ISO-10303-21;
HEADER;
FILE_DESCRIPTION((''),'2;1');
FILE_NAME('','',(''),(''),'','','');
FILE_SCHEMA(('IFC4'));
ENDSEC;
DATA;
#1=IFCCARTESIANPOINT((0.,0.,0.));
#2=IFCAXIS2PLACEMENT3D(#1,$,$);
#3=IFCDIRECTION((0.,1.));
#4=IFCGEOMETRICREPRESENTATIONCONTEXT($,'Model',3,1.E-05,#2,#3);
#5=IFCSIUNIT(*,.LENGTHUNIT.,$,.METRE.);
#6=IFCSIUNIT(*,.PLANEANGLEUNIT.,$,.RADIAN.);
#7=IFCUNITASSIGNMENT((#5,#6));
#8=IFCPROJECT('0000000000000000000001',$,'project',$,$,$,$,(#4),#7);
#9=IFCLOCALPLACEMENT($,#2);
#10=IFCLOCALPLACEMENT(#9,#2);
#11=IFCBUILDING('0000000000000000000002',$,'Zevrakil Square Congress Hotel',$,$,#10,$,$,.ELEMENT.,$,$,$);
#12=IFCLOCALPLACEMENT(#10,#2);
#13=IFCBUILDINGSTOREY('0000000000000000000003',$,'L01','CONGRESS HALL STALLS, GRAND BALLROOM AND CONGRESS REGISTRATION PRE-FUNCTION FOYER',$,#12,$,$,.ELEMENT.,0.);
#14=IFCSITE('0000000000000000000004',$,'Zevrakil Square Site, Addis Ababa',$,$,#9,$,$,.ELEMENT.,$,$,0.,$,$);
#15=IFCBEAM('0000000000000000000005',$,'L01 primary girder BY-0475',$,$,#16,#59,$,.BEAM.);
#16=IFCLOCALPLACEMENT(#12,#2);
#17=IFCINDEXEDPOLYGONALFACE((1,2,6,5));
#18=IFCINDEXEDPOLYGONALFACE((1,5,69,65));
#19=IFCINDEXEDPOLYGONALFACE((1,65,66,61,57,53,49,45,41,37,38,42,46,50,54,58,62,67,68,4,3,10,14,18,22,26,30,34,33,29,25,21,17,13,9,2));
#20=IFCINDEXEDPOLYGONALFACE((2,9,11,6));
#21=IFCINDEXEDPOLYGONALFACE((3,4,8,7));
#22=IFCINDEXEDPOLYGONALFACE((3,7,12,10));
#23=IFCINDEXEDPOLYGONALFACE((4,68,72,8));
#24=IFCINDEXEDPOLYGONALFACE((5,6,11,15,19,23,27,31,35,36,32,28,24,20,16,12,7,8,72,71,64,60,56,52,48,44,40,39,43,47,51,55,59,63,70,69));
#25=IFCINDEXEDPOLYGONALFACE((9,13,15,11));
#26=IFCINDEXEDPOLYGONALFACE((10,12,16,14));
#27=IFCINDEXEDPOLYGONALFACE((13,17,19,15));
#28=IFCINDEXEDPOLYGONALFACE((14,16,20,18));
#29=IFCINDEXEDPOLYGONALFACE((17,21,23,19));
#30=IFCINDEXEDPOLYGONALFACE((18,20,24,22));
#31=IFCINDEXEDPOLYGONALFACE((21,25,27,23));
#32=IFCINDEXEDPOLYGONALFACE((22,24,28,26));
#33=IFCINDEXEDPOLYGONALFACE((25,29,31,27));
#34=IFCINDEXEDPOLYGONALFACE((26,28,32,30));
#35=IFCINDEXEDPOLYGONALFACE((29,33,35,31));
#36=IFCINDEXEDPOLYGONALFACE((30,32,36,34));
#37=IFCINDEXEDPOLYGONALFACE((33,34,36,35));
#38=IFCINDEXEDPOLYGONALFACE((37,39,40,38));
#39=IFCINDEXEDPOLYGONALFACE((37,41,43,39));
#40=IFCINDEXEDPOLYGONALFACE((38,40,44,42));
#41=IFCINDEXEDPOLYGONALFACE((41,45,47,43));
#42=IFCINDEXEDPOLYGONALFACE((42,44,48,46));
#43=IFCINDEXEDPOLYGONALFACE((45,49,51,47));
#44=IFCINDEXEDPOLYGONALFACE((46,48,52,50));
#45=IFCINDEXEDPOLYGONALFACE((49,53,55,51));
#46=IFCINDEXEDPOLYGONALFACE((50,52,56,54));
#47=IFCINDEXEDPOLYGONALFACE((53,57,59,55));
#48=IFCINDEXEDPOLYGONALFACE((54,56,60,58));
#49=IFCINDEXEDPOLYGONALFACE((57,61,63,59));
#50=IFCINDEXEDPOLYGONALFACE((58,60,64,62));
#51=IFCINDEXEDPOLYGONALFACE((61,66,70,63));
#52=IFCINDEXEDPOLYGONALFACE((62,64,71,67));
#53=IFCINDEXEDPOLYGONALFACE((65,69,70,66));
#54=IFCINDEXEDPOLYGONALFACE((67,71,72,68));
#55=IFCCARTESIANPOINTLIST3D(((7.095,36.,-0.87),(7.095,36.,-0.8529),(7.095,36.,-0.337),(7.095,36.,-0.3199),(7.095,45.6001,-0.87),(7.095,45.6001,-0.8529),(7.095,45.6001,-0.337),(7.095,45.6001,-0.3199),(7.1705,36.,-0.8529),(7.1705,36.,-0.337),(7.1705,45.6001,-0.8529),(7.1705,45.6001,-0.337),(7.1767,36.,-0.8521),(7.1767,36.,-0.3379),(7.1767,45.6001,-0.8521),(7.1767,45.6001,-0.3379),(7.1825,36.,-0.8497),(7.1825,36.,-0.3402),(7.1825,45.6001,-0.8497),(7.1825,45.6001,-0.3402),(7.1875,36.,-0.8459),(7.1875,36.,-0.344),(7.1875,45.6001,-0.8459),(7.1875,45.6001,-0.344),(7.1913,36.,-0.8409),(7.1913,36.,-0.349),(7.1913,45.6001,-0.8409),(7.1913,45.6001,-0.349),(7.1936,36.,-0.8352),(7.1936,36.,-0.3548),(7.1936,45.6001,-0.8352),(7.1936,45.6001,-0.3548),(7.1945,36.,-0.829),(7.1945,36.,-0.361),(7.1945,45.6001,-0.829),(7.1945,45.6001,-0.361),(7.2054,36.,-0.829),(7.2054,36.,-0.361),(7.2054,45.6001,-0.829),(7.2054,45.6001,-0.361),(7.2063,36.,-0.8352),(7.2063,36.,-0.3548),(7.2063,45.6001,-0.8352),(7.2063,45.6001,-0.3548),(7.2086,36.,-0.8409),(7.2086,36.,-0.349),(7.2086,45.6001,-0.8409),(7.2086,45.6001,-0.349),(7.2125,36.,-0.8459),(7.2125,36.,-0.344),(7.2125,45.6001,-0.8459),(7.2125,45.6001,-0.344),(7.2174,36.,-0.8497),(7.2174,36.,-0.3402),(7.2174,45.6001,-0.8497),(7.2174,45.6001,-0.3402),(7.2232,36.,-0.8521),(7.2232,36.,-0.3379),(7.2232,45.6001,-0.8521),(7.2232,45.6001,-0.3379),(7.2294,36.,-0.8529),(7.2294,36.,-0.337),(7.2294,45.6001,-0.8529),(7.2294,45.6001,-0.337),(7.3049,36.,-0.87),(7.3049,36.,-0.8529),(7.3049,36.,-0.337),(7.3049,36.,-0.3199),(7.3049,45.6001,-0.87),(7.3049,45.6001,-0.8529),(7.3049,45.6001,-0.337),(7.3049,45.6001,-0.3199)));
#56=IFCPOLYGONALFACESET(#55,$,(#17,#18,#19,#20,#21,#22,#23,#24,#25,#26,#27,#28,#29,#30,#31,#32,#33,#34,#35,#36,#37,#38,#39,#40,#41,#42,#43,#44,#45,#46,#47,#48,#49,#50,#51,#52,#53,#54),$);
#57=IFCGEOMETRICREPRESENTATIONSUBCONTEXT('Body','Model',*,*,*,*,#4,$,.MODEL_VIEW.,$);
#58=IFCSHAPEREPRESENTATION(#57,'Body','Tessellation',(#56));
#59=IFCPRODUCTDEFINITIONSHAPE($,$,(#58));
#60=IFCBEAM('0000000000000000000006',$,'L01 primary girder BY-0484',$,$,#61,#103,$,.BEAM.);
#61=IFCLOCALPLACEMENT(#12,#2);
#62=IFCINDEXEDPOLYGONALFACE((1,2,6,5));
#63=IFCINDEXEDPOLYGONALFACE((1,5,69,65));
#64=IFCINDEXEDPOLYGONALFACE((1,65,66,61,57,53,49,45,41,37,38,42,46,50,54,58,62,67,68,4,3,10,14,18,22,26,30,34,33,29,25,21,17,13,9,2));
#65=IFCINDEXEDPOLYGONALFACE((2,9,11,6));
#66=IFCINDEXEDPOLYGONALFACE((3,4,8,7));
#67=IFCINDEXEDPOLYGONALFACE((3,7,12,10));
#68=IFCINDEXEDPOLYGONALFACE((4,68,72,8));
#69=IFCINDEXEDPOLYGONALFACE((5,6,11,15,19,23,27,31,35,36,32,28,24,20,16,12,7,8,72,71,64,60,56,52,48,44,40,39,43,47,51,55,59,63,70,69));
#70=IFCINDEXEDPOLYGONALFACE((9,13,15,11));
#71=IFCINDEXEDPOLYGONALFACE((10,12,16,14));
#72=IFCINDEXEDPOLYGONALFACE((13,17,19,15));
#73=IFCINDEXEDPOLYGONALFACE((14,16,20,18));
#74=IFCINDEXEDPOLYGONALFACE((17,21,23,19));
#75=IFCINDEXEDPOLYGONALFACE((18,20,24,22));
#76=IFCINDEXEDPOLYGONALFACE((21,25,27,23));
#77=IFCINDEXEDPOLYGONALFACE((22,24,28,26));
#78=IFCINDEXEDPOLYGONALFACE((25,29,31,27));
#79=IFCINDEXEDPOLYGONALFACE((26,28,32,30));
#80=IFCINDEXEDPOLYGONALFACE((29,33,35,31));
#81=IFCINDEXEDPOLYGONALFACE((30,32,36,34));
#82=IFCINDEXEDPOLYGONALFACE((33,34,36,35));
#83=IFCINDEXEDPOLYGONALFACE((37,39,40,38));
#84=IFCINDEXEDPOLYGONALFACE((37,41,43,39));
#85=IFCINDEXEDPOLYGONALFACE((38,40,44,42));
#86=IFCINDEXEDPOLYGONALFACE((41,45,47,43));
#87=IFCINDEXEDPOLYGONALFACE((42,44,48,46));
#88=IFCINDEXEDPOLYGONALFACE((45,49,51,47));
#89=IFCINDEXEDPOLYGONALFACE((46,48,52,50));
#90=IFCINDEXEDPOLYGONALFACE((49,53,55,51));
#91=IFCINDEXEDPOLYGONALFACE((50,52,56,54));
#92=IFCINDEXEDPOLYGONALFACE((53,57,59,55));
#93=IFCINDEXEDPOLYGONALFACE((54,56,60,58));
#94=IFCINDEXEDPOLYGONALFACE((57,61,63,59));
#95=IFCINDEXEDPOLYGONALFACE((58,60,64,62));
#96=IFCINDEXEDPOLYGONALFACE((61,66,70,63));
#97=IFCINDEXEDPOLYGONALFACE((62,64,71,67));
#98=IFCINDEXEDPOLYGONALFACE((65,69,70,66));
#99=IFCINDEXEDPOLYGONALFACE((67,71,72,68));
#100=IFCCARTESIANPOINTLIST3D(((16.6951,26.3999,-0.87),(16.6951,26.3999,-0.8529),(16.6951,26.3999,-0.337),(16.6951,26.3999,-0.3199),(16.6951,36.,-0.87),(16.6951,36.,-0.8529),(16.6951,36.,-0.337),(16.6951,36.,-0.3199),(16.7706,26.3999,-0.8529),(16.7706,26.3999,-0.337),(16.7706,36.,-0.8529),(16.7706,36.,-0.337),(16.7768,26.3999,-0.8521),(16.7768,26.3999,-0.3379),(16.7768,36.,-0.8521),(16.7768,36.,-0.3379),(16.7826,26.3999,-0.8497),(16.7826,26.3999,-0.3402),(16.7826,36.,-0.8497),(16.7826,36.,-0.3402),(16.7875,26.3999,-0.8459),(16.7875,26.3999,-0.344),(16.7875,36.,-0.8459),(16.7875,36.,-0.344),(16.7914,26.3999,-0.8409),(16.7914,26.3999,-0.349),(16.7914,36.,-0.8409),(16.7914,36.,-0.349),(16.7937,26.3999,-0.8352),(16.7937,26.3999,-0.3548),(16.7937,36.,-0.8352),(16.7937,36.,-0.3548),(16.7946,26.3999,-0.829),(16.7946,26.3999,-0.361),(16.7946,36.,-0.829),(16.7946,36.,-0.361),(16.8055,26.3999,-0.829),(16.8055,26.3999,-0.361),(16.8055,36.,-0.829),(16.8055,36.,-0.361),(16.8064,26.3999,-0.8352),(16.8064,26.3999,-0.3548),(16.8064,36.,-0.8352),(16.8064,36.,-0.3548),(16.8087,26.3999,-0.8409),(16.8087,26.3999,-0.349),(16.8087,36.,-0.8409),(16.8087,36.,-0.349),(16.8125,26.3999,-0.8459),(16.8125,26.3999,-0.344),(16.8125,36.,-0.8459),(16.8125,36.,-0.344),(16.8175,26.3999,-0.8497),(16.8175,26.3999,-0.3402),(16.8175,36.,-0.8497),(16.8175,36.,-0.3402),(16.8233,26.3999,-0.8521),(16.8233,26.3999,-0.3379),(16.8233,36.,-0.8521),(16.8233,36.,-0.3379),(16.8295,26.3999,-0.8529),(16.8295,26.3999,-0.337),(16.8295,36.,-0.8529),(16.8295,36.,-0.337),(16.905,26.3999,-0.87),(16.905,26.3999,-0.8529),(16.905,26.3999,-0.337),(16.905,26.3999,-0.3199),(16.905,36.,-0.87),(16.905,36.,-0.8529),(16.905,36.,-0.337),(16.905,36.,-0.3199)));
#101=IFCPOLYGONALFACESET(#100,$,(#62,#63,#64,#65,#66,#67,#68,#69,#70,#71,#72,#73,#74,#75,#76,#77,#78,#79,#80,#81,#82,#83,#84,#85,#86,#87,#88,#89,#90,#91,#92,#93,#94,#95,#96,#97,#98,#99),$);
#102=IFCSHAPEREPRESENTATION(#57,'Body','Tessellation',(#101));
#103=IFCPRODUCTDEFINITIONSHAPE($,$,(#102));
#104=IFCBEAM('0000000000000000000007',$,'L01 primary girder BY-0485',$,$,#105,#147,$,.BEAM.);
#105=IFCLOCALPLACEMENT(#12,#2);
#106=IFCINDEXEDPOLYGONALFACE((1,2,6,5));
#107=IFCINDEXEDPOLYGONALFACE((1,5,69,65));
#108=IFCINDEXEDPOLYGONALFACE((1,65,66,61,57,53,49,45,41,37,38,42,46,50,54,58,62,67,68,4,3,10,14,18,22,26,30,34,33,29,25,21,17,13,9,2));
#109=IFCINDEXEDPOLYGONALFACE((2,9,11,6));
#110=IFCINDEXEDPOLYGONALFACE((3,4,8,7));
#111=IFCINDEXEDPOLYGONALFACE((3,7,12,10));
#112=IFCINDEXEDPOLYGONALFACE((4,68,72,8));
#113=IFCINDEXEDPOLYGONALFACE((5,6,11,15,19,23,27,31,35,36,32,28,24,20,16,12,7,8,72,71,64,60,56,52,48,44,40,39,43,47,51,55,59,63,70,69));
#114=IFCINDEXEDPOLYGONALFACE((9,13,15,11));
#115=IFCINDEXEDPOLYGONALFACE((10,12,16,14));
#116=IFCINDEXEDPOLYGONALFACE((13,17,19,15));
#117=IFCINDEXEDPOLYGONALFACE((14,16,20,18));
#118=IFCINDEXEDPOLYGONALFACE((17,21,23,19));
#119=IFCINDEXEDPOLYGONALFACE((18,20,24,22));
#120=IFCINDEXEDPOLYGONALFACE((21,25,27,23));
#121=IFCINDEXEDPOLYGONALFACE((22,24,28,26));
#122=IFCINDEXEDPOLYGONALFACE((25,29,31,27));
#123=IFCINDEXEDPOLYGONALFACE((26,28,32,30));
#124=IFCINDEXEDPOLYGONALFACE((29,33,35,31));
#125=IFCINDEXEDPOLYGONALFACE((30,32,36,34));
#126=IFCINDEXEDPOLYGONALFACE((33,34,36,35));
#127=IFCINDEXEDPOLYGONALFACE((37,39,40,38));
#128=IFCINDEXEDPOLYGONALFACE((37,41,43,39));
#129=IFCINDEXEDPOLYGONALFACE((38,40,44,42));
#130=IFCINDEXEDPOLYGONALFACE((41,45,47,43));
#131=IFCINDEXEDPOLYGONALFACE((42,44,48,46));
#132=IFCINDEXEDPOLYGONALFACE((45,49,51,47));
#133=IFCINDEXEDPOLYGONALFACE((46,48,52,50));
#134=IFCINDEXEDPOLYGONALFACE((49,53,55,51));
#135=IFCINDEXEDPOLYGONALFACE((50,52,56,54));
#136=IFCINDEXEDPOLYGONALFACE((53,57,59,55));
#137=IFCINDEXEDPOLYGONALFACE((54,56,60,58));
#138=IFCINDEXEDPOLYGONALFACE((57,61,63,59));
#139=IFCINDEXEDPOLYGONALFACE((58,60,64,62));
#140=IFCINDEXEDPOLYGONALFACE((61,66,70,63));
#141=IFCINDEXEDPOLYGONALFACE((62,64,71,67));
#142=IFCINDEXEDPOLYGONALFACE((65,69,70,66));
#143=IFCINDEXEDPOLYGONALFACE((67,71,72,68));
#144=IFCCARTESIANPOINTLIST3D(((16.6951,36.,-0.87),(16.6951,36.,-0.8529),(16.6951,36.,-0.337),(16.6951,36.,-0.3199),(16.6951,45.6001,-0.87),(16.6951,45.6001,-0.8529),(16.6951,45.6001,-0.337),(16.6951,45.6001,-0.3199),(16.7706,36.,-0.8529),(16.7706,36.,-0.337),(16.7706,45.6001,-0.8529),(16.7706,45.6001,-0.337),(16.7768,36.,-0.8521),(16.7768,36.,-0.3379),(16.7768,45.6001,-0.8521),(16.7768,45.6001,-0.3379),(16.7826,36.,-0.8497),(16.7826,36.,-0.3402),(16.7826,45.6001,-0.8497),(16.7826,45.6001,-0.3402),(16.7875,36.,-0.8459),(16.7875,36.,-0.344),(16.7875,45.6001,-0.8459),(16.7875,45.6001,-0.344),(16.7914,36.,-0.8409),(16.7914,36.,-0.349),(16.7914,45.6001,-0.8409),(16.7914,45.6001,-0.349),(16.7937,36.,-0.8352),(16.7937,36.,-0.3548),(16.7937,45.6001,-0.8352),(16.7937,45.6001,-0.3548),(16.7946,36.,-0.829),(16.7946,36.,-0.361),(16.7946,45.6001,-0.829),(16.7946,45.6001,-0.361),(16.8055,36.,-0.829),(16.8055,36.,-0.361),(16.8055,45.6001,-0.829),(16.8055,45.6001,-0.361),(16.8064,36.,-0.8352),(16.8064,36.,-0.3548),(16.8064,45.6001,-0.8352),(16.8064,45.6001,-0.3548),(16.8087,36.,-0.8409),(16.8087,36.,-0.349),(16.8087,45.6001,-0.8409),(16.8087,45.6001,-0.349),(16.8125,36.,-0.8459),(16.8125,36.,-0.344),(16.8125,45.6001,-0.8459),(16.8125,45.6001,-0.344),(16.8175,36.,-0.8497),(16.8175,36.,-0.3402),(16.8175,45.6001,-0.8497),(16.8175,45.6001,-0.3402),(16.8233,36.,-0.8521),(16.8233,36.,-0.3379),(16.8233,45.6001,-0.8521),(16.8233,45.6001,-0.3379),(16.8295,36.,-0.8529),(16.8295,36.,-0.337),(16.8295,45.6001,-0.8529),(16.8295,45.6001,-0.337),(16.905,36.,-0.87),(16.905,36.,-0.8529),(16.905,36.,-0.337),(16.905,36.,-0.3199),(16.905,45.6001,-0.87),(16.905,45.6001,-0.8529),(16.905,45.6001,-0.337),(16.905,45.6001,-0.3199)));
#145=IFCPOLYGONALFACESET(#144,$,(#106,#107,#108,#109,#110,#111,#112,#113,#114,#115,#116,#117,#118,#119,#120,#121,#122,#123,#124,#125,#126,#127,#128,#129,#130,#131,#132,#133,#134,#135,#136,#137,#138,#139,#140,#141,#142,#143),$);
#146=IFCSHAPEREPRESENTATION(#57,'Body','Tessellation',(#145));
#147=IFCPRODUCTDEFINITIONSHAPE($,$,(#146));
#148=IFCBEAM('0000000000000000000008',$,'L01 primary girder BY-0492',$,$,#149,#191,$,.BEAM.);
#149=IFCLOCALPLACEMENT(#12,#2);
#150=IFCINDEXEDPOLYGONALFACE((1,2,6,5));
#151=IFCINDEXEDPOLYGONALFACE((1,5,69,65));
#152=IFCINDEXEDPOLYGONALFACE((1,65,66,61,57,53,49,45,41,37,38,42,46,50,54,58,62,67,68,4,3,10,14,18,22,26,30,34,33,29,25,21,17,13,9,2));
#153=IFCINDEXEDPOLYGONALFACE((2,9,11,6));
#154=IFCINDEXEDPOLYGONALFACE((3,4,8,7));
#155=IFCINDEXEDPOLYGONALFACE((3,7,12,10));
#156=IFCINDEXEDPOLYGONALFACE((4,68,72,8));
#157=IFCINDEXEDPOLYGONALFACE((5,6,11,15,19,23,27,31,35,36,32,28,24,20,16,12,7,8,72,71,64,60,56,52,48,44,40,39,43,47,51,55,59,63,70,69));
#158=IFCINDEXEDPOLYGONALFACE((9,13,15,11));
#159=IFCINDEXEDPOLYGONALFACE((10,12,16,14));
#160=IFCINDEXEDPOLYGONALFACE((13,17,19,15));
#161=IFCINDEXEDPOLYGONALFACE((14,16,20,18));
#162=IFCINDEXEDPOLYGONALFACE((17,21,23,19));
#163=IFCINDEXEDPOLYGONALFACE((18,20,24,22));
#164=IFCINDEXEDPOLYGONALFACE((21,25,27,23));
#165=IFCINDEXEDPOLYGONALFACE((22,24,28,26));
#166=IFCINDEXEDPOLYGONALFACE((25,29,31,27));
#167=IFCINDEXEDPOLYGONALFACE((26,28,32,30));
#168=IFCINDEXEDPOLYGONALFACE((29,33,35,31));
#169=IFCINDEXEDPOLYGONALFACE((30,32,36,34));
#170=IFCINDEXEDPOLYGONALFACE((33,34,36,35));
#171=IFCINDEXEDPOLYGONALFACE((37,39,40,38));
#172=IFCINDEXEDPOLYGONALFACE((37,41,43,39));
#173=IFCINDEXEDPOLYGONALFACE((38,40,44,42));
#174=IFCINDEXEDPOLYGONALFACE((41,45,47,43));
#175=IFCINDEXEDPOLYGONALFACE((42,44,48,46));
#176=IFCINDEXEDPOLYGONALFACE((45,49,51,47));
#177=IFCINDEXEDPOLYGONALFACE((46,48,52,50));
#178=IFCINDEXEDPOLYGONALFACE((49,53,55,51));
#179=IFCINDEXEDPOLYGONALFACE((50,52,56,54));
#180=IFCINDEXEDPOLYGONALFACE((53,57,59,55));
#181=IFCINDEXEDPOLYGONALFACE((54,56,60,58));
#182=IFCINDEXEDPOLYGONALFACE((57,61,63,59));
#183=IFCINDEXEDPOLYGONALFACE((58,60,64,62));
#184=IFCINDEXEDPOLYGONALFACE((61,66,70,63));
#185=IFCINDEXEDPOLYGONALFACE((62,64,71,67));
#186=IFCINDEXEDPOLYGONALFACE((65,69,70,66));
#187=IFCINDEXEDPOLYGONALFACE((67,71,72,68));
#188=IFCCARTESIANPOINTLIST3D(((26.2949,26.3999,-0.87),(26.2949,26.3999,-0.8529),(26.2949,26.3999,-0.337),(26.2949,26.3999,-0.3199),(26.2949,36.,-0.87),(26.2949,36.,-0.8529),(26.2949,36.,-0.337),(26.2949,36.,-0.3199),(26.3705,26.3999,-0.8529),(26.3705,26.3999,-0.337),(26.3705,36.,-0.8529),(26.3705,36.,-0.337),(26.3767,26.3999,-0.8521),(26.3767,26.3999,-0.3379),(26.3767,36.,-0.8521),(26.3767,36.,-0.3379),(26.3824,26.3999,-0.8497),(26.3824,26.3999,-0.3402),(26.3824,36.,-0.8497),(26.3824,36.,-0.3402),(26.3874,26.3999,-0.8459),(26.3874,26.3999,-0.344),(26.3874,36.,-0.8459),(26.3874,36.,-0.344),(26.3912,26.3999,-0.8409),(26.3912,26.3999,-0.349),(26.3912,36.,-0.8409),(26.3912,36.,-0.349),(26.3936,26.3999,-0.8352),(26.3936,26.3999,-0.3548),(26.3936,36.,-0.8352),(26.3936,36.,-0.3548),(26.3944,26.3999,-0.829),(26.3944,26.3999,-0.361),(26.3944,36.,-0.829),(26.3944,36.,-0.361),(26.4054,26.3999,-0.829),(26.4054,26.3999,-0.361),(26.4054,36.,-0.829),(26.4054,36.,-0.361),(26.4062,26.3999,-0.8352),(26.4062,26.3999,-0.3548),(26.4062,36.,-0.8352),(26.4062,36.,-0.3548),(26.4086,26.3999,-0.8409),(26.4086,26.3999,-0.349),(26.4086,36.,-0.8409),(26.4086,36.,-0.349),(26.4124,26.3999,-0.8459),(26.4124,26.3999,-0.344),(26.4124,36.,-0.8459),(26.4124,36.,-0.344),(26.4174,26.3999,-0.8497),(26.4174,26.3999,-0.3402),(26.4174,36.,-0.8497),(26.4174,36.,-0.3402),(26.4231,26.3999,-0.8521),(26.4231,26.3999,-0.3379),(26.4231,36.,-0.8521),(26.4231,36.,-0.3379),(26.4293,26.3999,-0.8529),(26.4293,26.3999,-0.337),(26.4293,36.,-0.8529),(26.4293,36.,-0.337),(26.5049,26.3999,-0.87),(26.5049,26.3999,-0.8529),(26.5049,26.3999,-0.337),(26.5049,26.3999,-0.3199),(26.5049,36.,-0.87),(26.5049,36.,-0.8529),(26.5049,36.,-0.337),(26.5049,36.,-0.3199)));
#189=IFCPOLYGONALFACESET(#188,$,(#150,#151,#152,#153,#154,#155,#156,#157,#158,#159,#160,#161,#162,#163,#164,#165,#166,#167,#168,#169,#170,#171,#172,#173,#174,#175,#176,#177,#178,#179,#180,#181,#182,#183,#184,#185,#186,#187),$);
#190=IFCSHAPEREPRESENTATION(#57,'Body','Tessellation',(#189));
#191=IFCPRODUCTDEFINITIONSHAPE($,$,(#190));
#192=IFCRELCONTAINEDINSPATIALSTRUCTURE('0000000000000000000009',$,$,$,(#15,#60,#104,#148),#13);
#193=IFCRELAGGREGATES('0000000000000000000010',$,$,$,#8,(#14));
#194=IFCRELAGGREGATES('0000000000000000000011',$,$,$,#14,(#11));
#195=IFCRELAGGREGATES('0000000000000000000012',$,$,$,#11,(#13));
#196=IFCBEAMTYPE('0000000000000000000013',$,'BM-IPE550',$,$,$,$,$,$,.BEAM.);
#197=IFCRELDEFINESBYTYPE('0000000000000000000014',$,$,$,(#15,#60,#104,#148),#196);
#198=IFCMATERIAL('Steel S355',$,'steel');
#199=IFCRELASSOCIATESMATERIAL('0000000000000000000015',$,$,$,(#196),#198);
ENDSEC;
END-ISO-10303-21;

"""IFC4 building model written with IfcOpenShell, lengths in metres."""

from ifc_helpers import new_model, si_unit, direction, frame, origin, origin_2d, place, context, subcontext, project, spatial, i_section, extrude, material, material_profile, profile_set, type_object, element, save


model = new_model("IFC4")

# Units and contexts
model_context = context("Model", 3, precision=1e-05, world=origin(), true_north=direction((0.0, 1.0)))
body_context = subcontext(model_context, "Body", "Model", "MODEL_VIEW")
ifc_project = project(units=[si_unit("LENGTHUNIT", "METRE"), si_unit("PLANEANGLEUNIT", "RADIAN")], contexts=[model_context])

# Site, building, storey
site_placement = place(None, origin())
site = spatial("IfcSite", under=ifc_project, at=site_placement, Name="Zevrakil Square Site, Addis Ababa", CompositionType="ELEMENT", RefElevation=0.0)
building_placement = place(site_placement, origin())
building = spatial("IfcBuilding", under=site, at=building_placement, Name="Zevrakil Square Congress Hotel", CompositionType="ELEMENT")
storey_placement = place(building_placement, origin())
storey = spatial("IfcBuildingStorey", under=building, at=storey_placement, Name="L01", Description="CONGRESS HALL STALLS, GRAND BALLROOM AND CONGRESS REGISTRATION PRE-FUNCTION FOYER", CompositionType="ELEMENT", Elevation=0.0)

# Beams
ifc_material_1 = material(Name="Steel S355", Category="steel")
ifc_material_profile_1 = material_profile(ifc_material_1, i_section(OverallWidth=0.21, OverallDepth=0.55, WebThickness=0.011, FlangeThickness=0.0171, FilletRadius=0.0239, at=origin_2d()), Name="IPE 550")
ifc_profile_set_1 = profile_set([ifc_material_profile_1], Name="Steel S355")
beam_type_1 = type_object("IfcBeamType", Name="BM-IPE550", PredefinedType="BEAM", material=ifc_profile_set_1)
for number, where, z_axis, x_axis, name in (
    (1, (7.2, 36.0, -0.595), (0.0, 1.0, 0.0), (-1.0, 0.0, 0.0), "L01 primary girder BY-0475"),
    (2, (16.8, 26.3999, -0.595), (0.0, 1.0, 0.0), (-1.0, 0.0, 0.0), "L01 primary girder BY-0484"),
    (3, (16.8, 36.0, -0.595), (0.0, 1.0, 0.0), (-1.0, 0.0, 0.0), "L01 primary girder BY-0485"),
    (4, (26.3999, 26.3999, -0.595), (0.0, 1.0, 0.0), (-1.0, 0.0, 0.0), "L01 primary girder BY-0492"),
):
    element("IfcBeam", number, at=place(storey_placement, frame(where, z_axis=z_axis, x_axis=x_axis)), inside=storey, type_object=beam_type_1, Name=name, PredefinedType="BEAM", context=body_context, shape_type="SweptSolid", body=[
        extrude(i_section(OverallWidth=0.21, OverallDepth=0.55, WebThickness=0.011, FlangeThickness=0.0171, FilletRadius=0.0239, at=origin_2d()), origin(), (0.0, 0.0, 1.0), 9.6001),
    ])

save(model, "model.ifc")
